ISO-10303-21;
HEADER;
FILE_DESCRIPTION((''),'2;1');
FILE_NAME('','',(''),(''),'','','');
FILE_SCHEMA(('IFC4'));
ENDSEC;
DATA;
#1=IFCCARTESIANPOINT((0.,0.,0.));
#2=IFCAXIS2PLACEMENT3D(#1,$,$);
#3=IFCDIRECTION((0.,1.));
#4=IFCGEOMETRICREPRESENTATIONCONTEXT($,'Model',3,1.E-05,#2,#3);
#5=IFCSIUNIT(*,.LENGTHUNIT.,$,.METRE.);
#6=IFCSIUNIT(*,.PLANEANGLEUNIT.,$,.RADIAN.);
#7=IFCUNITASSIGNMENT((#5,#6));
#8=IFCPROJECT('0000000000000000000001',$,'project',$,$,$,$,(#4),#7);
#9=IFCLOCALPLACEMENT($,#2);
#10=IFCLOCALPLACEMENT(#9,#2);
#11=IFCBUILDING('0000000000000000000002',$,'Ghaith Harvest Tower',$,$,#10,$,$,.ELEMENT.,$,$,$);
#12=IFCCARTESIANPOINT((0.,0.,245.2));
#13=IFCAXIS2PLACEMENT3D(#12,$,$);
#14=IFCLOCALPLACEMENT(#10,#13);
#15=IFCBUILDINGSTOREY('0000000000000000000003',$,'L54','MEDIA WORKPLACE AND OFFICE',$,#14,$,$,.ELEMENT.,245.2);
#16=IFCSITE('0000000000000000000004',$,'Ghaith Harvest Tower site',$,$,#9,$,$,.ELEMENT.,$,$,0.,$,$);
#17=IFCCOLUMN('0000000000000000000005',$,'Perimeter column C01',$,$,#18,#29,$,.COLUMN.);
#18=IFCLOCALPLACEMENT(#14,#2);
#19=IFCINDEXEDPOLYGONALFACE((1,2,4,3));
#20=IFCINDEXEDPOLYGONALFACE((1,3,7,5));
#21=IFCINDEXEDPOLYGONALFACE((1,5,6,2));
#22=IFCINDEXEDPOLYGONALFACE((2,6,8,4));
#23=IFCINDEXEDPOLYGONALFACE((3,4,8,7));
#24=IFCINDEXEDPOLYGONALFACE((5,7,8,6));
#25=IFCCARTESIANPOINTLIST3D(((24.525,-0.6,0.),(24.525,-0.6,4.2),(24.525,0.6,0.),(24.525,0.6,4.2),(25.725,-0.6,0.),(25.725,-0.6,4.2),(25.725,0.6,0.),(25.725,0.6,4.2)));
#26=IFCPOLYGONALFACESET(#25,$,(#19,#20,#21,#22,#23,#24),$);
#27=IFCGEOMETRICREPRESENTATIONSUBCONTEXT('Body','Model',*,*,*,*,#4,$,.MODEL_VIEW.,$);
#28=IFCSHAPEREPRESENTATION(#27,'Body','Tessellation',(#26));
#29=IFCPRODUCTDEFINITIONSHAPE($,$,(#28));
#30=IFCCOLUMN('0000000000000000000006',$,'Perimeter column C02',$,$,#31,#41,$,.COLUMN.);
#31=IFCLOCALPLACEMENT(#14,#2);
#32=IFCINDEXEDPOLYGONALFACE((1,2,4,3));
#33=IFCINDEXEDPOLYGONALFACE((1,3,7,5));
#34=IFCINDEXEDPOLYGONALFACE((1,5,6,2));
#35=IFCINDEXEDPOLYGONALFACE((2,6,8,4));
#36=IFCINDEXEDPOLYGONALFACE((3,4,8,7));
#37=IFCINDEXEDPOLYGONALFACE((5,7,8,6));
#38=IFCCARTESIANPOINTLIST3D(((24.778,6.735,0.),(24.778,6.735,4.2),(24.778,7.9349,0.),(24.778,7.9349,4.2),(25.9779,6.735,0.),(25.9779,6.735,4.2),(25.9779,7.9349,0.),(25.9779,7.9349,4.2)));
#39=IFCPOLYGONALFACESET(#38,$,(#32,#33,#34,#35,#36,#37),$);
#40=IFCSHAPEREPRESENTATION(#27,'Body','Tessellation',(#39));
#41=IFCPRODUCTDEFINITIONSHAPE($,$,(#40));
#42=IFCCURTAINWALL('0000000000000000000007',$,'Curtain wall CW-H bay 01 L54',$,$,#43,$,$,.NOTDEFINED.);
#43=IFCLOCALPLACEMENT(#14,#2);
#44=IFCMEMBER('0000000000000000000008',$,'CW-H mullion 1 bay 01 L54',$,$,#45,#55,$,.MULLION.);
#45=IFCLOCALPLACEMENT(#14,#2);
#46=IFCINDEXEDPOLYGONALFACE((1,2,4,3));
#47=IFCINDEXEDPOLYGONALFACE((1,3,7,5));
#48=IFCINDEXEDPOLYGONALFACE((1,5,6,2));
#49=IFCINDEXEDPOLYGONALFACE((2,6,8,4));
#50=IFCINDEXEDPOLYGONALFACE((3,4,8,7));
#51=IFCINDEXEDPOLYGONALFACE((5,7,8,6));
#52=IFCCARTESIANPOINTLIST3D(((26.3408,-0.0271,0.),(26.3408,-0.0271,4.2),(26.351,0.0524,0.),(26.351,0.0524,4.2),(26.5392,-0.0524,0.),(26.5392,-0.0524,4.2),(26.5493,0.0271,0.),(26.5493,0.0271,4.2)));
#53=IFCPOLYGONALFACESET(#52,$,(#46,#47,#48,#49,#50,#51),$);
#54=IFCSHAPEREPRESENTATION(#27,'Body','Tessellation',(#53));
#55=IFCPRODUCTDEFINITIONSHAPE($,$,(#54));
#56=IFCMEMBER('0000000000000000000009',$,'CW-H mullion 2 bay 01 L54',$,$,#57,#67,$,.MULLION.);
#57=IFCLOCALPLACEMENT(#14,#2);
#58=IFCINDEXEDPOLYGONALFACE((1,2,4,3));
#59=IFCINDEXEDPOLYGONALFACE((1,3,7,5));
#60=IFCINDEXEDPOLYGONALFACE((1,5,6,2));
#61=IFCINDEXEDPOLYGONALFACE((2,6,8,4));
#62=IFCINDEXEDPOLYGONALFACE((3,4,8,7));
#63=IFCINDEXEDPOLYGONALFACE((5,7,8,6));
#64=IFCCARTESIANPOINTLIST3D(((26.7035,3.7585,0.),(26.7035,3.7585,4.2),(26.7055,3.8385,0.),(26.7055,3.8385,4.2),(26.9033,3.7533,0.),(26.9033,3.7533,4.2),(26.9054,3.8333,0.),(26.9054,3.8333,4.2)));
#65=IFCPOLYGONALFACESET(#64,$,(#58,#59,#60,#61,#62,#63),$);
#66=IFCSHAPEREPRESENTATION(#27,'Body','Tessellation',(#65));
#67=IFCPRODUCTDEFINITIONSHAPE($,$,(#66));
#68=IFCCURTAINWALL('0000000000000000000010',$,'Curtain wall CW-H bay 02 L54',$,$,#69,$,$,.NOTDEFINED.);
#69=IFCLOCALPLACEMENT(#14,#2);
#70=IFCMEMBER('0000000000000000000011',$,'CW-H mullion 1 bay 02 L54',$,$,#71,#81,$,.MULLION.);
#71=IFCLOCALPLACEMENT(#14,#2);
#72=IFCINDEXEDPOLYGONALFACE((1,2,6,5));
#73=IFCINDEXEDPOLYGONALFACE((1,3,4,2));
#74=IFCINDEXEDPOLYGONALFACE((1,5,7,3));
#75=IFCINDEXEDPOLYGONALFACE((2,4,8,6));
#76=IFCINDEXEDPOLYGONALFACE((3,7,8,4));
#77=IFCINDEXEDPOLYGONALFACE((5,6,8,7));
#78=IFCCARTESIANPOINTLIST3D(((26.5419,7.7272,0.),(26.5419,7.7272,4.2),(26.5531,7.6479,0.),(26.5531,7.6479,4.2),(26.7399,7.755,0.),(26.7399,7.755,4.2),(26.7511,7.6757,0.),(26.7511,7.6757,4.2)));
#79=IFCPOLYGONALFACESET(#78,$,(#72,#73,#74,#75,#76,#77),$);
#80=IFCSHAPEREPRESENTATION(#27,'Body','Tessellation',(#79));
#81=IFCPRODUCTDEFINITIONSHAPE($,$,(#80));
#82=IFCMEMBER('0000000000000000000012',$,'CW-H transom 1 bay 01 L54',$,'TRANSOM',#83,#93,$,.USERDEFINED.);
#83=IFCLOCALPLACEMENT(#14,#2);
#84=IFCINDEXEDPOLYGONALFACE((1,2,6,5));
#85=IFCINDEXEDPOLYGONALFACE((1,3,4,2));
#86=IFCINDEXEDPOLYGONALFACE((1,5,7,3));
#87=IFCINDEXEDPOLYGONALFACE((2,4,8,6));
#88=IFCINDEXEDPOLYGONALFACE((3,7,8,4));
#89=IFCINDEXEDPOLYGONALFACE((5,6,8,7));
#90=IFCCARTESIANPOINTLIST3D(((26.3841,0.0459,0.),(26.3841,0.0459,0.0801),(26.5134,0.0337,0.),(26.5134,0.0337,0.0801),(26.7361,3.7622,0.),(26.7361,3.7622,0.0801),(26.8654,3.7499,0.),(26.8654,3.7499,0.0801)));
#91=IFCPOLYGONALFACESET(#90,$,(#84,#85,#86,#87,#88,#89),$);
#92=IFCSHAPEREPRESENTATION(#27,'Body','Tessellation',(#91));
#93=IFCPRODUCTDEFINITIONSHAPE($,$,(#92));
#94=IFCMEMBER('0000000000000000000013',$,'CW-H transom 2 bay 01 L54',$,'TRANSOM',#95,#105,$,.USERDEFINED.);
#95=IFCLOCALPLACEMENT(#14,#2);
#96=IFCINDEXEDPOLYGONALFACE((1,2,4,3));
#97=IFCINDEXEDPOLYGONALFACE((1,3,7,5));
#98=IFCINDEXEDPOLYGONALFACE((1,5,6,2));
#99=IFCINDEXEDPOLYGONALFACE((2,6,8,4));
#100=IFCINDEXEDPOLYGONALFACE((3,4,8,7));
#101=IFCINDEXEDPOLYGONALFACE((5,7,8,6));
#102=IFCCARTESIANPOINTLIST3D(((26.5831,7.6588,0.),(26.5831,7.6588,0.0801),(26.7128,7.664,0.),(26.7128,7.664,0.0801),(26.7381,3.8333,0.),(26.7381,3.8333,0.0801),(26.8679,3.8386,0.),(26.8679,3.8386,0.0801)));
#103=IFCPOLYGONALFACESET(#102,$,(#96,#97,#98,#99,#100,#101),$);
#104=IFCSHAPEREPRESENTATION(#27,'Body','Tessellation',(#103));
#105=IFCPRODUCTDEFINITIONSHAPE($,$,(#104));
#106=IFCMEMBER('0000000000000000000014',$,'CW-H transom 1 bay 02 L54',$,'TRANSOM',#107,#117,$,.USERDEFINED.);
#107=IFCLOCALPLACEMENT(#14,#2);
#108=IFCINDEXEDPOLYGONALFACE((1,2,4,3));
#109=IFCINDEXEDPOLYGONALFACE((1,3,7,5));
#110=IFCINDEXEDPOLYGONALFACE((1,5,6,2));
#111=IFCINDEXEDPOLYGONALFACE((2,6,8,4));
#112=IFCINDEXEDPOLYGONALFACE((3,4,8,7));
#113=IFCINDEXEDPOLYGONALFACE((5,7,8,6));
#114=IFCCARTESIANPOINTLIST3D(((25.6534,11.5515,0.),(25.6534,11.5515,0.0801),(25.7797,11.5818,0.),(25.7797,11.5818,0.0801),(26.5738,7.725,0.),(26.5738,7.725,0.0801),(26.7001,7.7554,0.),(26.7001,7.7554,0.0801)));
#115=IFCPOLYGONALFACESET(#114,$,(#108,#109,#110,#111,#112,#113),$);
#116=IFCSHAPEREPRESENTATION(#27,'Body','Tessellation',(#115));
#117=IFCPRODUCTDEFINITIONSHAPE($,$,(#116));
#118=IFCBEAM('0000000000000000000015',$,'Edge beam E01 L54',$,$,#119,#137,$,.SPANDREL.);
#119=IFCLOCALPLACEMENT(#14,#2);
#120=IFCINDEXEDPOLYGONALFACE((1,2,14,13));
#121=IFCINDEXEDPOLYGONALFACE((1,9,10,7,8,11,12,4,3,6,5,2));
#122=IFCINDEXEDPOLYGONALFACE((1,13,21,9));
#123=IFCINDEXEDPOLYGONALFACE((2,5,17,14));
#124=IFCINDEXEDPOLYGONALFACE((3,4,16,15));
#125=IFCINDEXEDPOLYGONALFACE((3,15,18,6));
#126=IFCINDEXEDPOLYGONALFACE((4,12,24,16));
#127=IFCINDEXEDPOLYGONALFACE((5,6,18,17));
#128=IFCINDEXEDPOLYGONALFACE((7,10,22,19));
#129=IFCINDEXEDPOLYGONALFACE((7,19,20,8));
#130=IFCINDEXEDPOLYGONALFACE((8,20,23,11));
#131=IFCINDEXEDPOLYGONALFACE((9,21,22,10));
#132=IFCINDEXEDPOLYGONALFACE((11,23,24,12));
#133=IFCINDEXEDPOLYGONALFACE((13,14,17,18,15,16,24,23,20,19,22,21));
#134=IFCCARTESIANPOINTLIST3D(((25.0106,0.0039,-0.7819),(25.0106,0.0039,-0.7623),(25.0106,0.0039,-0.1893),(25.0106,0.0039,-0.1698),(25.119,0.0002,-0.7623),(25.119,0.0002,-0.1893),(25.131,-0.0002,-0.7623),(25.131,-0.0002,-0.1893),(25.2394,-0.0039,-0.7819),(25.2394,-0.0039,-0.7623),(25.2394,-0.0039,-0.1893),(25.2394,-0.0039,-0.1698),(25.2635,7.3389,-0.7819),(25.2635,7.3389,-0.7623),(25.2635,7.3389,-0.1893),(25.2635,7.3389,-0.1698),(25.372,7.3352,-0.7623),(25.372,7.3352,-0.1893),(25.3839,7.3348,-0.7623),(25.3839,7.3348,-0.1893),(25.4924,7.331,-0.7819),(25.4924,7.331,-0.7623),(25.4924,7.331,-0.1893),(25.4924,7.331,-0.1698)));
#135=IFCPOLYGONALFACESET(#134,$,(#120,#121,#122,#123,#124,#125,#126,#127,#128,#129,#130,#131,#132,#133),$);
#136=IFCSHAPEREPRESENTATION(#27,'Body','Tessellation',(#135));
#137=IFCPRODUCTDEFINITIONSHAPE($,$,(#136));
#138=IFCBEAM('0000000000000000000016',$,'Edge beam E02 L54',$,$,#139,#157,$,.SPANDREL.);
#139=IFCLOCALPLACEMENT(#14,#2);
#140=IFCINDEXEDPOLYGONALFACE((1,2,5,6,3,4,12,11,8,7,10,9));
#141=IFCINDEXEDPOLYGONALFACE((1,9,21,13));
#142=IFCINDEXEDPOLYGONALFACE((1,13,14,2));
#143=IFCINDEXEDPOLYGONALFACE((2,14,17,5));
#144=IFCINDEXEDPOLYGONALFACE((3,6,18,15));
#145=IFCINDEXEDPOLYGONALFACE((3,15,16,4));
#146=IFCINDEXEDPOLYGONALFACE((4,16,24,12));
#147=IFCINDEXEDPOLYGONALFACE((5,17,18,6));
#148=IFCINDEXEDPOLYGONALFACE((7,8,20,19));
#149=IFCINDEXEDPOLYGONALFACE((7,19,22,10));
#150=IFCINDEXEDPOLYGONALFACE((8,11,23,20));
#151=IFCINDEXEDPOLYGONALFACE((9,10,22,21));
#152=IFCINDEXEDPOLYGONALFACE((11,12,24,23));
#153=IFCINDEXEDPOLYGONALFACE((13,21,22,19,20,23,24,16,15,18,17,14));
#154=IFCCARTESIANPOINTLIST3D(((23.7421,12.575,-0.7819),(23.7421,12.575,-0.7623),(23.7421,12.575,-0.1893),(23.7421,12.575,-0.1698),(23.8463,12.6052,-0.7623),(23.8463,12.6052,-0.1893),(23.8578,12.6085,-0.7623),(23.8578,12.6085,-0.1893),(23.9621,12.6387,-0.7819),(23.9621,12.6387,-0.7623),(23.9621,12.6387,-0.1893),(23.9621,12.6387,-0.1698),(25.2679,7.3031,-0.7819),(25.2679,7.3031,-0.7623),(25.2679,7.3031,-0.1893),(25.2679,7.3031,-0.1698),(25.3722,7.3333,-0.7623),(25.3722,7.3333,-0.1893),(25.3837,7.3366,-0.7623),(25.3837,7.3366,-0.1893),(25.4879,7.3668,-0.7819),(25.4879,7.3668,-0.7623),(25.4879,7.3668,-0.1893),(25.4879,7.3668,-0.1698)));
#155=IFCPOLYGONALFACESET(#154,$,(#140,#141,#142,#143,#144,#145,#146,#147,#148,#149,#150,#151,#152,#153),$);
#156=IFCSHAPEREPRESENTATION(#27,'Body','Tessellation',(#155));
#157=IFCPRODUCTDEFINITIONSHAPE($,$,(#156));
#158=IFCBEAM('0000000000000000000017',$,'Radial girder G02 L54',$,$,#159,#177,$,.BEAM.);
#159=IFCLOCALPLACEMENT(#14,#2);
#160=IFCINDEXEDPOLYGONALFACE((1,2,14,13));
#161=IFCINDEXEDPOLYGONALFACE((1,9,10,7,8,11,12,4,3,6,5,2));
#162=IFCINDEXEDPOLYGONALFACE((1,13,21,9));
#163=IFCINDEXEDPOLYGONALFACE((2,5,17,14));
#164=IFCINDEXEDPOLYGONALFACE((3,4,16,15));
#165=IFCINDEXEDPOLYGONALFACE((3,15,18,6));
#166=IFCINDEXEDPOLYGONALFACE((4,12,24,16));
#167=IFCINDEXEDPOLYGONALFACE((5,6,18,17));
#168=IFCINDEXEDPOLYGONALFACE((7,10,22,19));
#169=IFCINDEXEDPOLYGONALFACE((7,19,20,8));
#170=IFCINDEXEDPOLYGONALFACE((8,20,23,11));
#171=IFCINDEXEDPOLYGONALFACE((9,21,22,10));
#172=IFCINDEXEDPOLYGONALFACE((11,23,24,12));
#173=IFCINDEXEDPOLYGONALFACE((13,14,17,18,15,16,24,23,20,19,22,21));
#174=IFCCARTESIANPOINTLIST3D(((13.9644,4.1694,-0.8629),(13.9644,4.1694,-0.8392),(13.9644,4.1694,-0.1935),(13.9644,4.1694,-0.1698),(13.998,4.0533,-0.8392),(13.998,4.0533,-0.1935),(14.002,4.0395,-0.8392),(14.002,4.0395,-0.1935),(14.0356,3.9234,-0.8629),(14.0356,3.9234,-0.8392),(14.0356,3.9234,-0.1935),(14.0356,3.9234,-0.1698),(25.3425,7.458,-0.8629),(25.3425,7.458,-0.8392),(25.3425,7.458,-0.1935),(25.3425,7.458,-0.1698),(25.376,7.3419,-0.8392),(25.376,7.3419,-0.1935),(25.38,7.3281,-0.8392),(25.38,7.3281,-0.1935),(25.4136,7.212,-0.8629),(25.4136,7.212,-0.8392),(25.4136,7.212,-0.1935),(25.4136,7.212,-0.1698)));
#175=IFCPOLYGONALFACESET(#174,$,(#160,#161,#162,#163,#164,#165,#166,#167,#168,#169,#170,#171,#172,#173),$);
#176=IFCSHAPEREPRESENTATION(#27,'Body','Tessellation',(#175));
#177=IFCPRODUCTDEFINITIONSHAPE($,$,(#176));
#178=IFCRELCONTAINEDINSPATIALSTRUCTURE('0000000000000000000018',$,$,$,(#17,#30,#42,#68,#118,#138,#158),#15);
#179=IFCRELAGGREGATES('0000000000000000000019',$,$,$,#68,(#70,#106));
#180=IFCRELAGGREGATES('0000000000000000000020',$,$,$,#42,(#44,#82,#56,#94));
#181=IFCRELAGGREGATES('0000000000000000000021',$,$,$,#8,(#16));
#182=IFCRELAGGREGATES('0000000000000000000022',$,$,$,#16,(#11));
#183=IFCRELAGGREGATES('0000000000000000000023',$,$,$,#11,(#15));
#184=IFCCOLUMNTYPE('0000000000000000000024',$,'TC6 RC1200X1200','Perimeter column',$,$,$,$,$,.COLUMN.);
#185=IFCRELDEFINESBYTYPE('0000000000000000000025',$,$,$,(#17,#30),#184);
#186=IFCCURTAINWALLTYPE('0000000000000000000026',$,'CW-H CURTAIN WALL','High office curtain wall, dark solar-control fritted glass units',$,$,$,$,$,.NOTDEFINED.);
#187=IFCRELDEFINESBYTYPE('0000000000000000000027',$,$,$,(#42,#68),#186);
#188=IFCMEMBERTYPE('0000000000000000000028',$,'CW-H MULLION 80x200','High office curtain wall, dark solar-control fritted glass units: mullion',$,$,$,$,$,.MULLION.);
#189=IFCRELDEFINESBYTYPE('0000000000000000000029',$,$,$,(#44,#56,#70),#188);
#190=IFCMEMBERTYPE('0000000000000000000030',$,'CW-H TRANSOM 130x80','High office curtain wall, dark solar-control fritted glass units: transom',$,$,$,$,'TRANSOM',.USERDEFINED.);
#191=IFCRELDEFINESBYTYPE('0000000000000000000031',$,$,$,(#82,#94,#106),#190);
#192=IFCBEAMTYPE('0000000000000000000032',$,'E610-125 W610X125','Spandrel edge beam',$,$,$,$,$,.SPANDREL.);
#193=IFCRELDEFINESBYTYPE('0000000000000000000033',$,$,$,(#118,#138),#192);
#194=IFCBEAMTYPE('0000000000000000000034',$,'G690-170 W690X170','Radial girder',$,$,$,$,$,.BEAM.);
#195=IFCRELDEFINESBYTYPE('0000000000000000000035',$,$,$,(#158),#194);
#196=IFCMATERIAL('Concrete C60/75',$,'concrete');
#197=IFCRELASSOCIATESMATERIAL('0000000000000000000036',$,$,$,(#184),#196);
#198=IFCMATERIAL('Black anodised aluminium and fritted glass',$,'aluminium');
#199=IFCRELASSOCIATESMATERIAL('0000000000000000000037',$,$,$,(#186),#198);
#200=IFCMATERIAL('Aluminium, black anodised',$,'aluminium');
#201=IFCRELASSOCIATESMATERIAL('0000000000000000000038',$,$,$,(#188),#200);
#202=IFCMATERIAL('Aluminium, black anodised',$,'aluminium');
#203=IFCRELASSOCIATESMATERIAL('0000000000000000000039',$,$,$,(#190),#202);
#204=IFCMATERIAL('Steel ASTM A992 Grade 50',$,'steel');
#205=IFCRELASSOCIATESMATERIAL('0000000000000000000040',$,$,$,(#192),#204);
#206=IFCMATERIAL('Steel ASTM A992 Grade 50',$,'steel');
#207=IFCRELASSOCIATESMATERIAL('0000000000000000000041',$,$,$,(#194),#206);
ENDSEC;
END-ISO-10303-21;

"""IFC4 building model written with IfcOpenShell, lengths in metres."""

from ifc_helpers import new_model, si_unit, direction, frame, origin, origin_2d, place, context, subcontext, project, spatial, rectangle, i_section, extrude, material, material_profile, profile_set, type_object, element, aggregate, save


model = new_model("IFC4")

# Units and contexts
model_context = context("Model", 3, precision=1e-05, world=origin(), true_north=direction((0.0, 1.0)))
body_context = subcontext(model_context, "Body", "Model", "MODEL_VIEW")
ifc_project = project(units=[si_unit("LENGTHUNIT", "METRE"), si_unit("PLANEANGLEUNIT", "RADIAN")], contexts=[model_context])

# Site, building, storey
site_placement = place(None, origin())
site = spatial("IfcSite", under=ifc_project, at=site_placement, Name="Ghaith Harvest Tower site", CompositionType="ELEMENT", RefElevation=0.0)
building_placement = place(site_placement, origin())
building = spatial("IfcBuilding", under=site, at=building_placement, Name="Ghaith Harvest Tower", CompositionType="ELEMENT")
storey_placement = place(building_placement, frame((0.0, 0.0, 245.2)))
storey = spatial("IfcBuildingStorey", under=building, at=storey_placement, Name="L54", Description="MEDIA WORKPLACE AND OFFICE", CompositionType="ELEMENT", Elevation=245.2)

# Columns
ifc_material_1 = material(Name="Concrete C60/75", Category="concrete")
ifc_material_profile_1 = material_profile(ifc_material_1, rectangle(XDim=1.2, YDim=1.2, at=origin_2d()), Name="RC1200X1200")
ifc_profile_set_1 = profile_set([ifc_material_profile_1], Name="Concrete C60/75")
column_type = type_object("IfcColumnType", Name="TC6 RC1200X1200", Description="Perimeter column", PredefinedType="COLUMN", material=ifc_profile_set_1)
for number, where, z_axis, x_axis, name in (
    (1, (25.125, 0.0, 0.0), (0.0, 0.0, 1.0), (1.0, 0.0, 0.0), "Perimeter column C01"),
    (2, (25.3779, 7.335, 0.0), (0.0, 0.0, 1.0), (1.0, 0.0, 0.0), "Perimeter column C02"),
):
    element("IfcColumn", number, at=place(storey_placement, frame(where, z_axis=z_axis, x_axis=x_axis)), inside=storey, type_object=column_type, Name=name, PredefinedType="COLUMN", context=body_context, shape_type="SweptSolid", body=[
        extrude(rectangle(XDim=1.2, YDim=1.2, at=origin_2d()), origin(), (0.0, 0.0, 1.0), 4.2),
    ])

# Curtain wall, members
ifc_material_2 = material(Name="Black anodised aluminium and fritted glass", Category="aluminium")
curtain_wall_type = type_object("IfcCurtainWallType", Name="CW-H CURTAIN WALL", Description="High office curtain wall, dark solar-control fritted glass units", PredefinedType="NOTDEFINED", material=ifc_material_2)
curtain_wall_1_placement = place(storey_placement, origin())
curtain_wall_1 = element("IfcCurtainWall", 3, at=curtain_wall_1_placement, inside=storey, type_object=curtain_wall_type, Name="Curtain wall CW-H bay 01 L54", PredefinedType="NOTDEFINED")
ifc_material_3 = material(Name="Aluminium, black anodised", Category="aluminium")
ifc_material_profile_2 = material_profile(ifc_material_3, rectangle(XDim=0.0801, YDim=0.2, at=origin_2d()), Name="CW-H MULLION 80x200")
ifc_profile_set_2 = profile_set([ifc_material_profile_2], Name="Aluminium, black anodised")
member_type_1 = type_object("IfcMemberType", Name="CW-H MULLION 80x200", Description="High office curtain wall, dark solar-control fritted glass units: mullion", PredefinedType="MULLION", material=ifc_profile_set_2)
member_1_placement = place(storey_placement, frame((26.4451, 0.0, 0.0), z_axis=(0.0, 0.0, 1.0), x_axis=(0.126568, 0.991958, 0.0)))
member_1 = element("IfcMember", 4, at=member_1_placement, type_object=member_type_1, Name="CW-H mullion 1 bay 01 L54", PredefinedType="MULLION", context=body_context, shape_type="SweptSolid", body=[
    extrude(rectangle(XDim=0.0801, YDim=0.2, at=origin_2d()), origin(), (0.0, 0.0, 1.0), 4.2),
])
member_2_placement = place(storey_placement, frame((26.8044, 3.7959, 0.0), z_axis=(0.0, 0.0, 1.0), x_axis=(0.026143, 0.999658, 0.0)))
member_2 = element("IfcMember", 5, at=member_2_placement, type_object=member_type_1, Name="CW-H mullion 2 bay 01 L54", PredefinedType="MULLION", context=body_context, shape_type="SweptSolid", body=[
    extrude(rectangle(XDim=0.0801, YDim=0.2, at=origin_2d()), origin(), (0.0, 0.0, 1.0), 4.2),
])

# Curtain wall, member
curtain_wall_2_placement = place(storey_placement, origin())
curtain_wall_2 = element("IfcCurtainWall", 6, at=curtain_wall_2_placement, inside=storey, type_object=curtain_wall_type, Name="Curtain wall CW-H bay 02 L54", PredefinedType="NOTDEFINED")
member_3_placement = place(storey_placement, frame((26.6465, 7.7014, 0.0), z_axis=(0.0, 0.0, 1.0), x_axis=(-0.139146, 0.990272, 0.0)))
member_3 = element("IfcMember", 7, at=member_3_placement, type_object=member_type_1, Name="CW-H mullion 1 bay 02 L54", PredefinedType="MULLION", context=body_context, shape_type="SweptSolid", body=[
    extrude(rectangle(XDim=0.0801, YDim=0.2, at=origin_2d()), origin(), (0.0, 0.0, 1.0), 4.2),
])

# Members
ifc_material_4 = material(Name="Aluminium, black anodised", Category="aluminium")
ifc_material_profile_3 = material_profile(ifc_material_4, rectangle(XDim=0.1299, YDim=0.0801, at=origin_2d()), Name="CW-H TRANSOM 130x80")
ifc_profile_set_3 = profile_set([ifc_material_profile_3], Name="Aluminium, black anodised")
member_type_2 = type_object("IfcMemberType", Name="CW-H TRANSOM 130x80", Description="High office curtain wall, dark solar-control fritted glass units: transom", ElementType="TRANSOM", PredefinedType="USERDEFINED", material=ifc_profile_set_3)
member_4_placement = place(storey_placement, frame((26.4487, 0.0398, 0.04), z_axis=(0.094309, 0.995543, 0.0), x_axis=(-0.995543, 0.094309, 0.0)))
member_4 = element("IfcMember", 8, at=member_4_placement, type_object=member_type_2, Name="CW-H transom 1 bay 01 L54", ObjectType="TRANSOM", PredefinedType="USERDEFINED", context=body_context, shape_type="SweptSolid", body=[
    extrude(rectangle(XDim=0.1299, YDim=0.0801, at=origin_2d()), origin(), (0.0, 0.0, 1.0), 3.7329),
])
member_5_placement = place(storey_placement, frame((26.803, 3.8359, 0.04), z_axis=(-0.040493, 0.99918, 0.0), x_axis=(-0.99918, -0.040493, 0.0)))
member_5 = element("IfcMember", 9, at=member_5_placement, type_object=member_type_2, Name="CW-H transom 2 bay 01 L54", ObjectType="TRANSOM", PredefinedType="USERDEFINED", context=body_context, shape_type="SweptSolid", body=[
    extrude(rectangle(XDim=0.1299, YDim=0.0801, at=origin_2d()), origin(), (0.0, 0.0, 1.0), 3.8286),
])
member_6_placement = place(storey_placement, frame((26.637, 7.7402, 0.04), z_axis=(-0.23387, 0.972268, 0.0), x_axis=(-0.972268, -0.23387, 0.0)))
member_6 = element("IfcMember", 10, at=member_6_placement, type_object=member_type_2, Name="CW-H transom 1 bay 02 L54", ObjectType="TRANSOM", PredefinedType="USERDEFINED", context=body_context, shape_type="SweptSolid", body=[
    extrude(rectangle(XDim=0.1299, YDim=0.0801, at=origin_2d()), origin(), (0.0, 0.0, 1.0), 3.9355),
])
aggregate(curtain_wall_2, [member_3, member_6])

# Beams
ifc_material_5 = material(Name="Steel ASTM A992 Grade 50", Category="steel")
ifc_material_profile_4 = material_profile(ifc_material_5, i_section(OverallWidth=0.229, OverallDepth=0.6121, WebThickness=0.012, FlangeThickness=0.0195, at=origin_2d()), Name="W610X125")
ifc_profile_set_4 = profile_set([ifc_material_profile_4], Name="Steel ASTM A992 Grade 50")
beam_type_1 = type_object("IfcBeamType", Name="E610-125 W610X125", Description="Spandrel edge beam", PredefinedType="SPANDREL", material=ifc_profile_set_4)
beam_1_placement = place(storey_placement, frame((25.125, 0.0, -0.4758), z_axis=(0.034462, 0.999406, 0.0), x_axis=(-0.999406, 0.034462, 0.0)))
element("IfcBeam", 11, at=beam_1_placement, inside=storey, type_object=beam_type_1, Name="Edge beam E01 L54", PredefinedType="SPANDREL", context=body_context, shape_type="SweptSolid", body=[
    extrude(i_section(OverallWidth=0.229, OverallDepth=0.6121, WebThickness=0.012, FlangeThickness=0.0195, at=origin_2d()), origin(), (0.0, 0.0, 1.0), 7.3394),
])
beam_2_placement = place(storey_placement, frame((25.3779, 7.335, -0.4758), z_axis=(-0.278021, 0.960575, 0.0), x_axis=(-0.960575, -0.278021, 0.0)))
element("IfcBeam", 12, at=beam_2_placement, inside=storey, type_object=beam_type_1, Name="Edge beam E02 L54", PredefinedType="SPANDREL", context=body_context, shape_type="SweptSolid", body=[
    extrude(i_section(OverallWidth=0.229, OverallDepth=0.6121, WebThickness=0.012, FlangeThickness=0.0195, at=origin_2d()), origin(), (0.0, 0.0, 1.0), 5.4883),
])
ifc_material_6 = material(Name="Steel ASTM A992 Grade 50", Category="steel")
ifc_material_profile_5 = material_profile(ifc_material_6, i_section(OverallWidth=0.2561, OverallDepth=0.6931, WebThickness=0.0144, FlangeThickness=0.0237, at=origin_2d()), Name="W690X170")
ifc_profile_set_5 = profile_set([ifc_material_profile_5], Name="Steel ASTM A992 Grade 50")
beam_type_2 = type_object("IfcBeamType", Name="G690-170 W690X170", Description="Radial girder", PredefinedType="BEAM", material=ifc_profile_set_5)
beam_3_placement = place(storey_placement, frame((14.0, 4.0464, -0.5164), z_axis=(0.960678, 0.277666, 0.0), x_axis=(-0.277666, 0.960678, 0.0)))
element("IfcBeam", 13, at=beam_3_placement, inside=storey, type_object=beam_type_2, Name="Radial girder G02 L54", PredefinedType="BEAM", context=body_context, shape_type="SweptSolid", body=[
    extrude(i_section(OverallWidth=0.2561, OverallDepth=0.6931, WebThickness=0.0144, FlangeThickness=0.0237, at=origin_2d()), origin(), (0.0, 0.0, 1.0), 11.8438),
])

aggregate(curtain_wall_1, [member_1, member_4, member_2, member_5])

save(model, "model.ifc")
